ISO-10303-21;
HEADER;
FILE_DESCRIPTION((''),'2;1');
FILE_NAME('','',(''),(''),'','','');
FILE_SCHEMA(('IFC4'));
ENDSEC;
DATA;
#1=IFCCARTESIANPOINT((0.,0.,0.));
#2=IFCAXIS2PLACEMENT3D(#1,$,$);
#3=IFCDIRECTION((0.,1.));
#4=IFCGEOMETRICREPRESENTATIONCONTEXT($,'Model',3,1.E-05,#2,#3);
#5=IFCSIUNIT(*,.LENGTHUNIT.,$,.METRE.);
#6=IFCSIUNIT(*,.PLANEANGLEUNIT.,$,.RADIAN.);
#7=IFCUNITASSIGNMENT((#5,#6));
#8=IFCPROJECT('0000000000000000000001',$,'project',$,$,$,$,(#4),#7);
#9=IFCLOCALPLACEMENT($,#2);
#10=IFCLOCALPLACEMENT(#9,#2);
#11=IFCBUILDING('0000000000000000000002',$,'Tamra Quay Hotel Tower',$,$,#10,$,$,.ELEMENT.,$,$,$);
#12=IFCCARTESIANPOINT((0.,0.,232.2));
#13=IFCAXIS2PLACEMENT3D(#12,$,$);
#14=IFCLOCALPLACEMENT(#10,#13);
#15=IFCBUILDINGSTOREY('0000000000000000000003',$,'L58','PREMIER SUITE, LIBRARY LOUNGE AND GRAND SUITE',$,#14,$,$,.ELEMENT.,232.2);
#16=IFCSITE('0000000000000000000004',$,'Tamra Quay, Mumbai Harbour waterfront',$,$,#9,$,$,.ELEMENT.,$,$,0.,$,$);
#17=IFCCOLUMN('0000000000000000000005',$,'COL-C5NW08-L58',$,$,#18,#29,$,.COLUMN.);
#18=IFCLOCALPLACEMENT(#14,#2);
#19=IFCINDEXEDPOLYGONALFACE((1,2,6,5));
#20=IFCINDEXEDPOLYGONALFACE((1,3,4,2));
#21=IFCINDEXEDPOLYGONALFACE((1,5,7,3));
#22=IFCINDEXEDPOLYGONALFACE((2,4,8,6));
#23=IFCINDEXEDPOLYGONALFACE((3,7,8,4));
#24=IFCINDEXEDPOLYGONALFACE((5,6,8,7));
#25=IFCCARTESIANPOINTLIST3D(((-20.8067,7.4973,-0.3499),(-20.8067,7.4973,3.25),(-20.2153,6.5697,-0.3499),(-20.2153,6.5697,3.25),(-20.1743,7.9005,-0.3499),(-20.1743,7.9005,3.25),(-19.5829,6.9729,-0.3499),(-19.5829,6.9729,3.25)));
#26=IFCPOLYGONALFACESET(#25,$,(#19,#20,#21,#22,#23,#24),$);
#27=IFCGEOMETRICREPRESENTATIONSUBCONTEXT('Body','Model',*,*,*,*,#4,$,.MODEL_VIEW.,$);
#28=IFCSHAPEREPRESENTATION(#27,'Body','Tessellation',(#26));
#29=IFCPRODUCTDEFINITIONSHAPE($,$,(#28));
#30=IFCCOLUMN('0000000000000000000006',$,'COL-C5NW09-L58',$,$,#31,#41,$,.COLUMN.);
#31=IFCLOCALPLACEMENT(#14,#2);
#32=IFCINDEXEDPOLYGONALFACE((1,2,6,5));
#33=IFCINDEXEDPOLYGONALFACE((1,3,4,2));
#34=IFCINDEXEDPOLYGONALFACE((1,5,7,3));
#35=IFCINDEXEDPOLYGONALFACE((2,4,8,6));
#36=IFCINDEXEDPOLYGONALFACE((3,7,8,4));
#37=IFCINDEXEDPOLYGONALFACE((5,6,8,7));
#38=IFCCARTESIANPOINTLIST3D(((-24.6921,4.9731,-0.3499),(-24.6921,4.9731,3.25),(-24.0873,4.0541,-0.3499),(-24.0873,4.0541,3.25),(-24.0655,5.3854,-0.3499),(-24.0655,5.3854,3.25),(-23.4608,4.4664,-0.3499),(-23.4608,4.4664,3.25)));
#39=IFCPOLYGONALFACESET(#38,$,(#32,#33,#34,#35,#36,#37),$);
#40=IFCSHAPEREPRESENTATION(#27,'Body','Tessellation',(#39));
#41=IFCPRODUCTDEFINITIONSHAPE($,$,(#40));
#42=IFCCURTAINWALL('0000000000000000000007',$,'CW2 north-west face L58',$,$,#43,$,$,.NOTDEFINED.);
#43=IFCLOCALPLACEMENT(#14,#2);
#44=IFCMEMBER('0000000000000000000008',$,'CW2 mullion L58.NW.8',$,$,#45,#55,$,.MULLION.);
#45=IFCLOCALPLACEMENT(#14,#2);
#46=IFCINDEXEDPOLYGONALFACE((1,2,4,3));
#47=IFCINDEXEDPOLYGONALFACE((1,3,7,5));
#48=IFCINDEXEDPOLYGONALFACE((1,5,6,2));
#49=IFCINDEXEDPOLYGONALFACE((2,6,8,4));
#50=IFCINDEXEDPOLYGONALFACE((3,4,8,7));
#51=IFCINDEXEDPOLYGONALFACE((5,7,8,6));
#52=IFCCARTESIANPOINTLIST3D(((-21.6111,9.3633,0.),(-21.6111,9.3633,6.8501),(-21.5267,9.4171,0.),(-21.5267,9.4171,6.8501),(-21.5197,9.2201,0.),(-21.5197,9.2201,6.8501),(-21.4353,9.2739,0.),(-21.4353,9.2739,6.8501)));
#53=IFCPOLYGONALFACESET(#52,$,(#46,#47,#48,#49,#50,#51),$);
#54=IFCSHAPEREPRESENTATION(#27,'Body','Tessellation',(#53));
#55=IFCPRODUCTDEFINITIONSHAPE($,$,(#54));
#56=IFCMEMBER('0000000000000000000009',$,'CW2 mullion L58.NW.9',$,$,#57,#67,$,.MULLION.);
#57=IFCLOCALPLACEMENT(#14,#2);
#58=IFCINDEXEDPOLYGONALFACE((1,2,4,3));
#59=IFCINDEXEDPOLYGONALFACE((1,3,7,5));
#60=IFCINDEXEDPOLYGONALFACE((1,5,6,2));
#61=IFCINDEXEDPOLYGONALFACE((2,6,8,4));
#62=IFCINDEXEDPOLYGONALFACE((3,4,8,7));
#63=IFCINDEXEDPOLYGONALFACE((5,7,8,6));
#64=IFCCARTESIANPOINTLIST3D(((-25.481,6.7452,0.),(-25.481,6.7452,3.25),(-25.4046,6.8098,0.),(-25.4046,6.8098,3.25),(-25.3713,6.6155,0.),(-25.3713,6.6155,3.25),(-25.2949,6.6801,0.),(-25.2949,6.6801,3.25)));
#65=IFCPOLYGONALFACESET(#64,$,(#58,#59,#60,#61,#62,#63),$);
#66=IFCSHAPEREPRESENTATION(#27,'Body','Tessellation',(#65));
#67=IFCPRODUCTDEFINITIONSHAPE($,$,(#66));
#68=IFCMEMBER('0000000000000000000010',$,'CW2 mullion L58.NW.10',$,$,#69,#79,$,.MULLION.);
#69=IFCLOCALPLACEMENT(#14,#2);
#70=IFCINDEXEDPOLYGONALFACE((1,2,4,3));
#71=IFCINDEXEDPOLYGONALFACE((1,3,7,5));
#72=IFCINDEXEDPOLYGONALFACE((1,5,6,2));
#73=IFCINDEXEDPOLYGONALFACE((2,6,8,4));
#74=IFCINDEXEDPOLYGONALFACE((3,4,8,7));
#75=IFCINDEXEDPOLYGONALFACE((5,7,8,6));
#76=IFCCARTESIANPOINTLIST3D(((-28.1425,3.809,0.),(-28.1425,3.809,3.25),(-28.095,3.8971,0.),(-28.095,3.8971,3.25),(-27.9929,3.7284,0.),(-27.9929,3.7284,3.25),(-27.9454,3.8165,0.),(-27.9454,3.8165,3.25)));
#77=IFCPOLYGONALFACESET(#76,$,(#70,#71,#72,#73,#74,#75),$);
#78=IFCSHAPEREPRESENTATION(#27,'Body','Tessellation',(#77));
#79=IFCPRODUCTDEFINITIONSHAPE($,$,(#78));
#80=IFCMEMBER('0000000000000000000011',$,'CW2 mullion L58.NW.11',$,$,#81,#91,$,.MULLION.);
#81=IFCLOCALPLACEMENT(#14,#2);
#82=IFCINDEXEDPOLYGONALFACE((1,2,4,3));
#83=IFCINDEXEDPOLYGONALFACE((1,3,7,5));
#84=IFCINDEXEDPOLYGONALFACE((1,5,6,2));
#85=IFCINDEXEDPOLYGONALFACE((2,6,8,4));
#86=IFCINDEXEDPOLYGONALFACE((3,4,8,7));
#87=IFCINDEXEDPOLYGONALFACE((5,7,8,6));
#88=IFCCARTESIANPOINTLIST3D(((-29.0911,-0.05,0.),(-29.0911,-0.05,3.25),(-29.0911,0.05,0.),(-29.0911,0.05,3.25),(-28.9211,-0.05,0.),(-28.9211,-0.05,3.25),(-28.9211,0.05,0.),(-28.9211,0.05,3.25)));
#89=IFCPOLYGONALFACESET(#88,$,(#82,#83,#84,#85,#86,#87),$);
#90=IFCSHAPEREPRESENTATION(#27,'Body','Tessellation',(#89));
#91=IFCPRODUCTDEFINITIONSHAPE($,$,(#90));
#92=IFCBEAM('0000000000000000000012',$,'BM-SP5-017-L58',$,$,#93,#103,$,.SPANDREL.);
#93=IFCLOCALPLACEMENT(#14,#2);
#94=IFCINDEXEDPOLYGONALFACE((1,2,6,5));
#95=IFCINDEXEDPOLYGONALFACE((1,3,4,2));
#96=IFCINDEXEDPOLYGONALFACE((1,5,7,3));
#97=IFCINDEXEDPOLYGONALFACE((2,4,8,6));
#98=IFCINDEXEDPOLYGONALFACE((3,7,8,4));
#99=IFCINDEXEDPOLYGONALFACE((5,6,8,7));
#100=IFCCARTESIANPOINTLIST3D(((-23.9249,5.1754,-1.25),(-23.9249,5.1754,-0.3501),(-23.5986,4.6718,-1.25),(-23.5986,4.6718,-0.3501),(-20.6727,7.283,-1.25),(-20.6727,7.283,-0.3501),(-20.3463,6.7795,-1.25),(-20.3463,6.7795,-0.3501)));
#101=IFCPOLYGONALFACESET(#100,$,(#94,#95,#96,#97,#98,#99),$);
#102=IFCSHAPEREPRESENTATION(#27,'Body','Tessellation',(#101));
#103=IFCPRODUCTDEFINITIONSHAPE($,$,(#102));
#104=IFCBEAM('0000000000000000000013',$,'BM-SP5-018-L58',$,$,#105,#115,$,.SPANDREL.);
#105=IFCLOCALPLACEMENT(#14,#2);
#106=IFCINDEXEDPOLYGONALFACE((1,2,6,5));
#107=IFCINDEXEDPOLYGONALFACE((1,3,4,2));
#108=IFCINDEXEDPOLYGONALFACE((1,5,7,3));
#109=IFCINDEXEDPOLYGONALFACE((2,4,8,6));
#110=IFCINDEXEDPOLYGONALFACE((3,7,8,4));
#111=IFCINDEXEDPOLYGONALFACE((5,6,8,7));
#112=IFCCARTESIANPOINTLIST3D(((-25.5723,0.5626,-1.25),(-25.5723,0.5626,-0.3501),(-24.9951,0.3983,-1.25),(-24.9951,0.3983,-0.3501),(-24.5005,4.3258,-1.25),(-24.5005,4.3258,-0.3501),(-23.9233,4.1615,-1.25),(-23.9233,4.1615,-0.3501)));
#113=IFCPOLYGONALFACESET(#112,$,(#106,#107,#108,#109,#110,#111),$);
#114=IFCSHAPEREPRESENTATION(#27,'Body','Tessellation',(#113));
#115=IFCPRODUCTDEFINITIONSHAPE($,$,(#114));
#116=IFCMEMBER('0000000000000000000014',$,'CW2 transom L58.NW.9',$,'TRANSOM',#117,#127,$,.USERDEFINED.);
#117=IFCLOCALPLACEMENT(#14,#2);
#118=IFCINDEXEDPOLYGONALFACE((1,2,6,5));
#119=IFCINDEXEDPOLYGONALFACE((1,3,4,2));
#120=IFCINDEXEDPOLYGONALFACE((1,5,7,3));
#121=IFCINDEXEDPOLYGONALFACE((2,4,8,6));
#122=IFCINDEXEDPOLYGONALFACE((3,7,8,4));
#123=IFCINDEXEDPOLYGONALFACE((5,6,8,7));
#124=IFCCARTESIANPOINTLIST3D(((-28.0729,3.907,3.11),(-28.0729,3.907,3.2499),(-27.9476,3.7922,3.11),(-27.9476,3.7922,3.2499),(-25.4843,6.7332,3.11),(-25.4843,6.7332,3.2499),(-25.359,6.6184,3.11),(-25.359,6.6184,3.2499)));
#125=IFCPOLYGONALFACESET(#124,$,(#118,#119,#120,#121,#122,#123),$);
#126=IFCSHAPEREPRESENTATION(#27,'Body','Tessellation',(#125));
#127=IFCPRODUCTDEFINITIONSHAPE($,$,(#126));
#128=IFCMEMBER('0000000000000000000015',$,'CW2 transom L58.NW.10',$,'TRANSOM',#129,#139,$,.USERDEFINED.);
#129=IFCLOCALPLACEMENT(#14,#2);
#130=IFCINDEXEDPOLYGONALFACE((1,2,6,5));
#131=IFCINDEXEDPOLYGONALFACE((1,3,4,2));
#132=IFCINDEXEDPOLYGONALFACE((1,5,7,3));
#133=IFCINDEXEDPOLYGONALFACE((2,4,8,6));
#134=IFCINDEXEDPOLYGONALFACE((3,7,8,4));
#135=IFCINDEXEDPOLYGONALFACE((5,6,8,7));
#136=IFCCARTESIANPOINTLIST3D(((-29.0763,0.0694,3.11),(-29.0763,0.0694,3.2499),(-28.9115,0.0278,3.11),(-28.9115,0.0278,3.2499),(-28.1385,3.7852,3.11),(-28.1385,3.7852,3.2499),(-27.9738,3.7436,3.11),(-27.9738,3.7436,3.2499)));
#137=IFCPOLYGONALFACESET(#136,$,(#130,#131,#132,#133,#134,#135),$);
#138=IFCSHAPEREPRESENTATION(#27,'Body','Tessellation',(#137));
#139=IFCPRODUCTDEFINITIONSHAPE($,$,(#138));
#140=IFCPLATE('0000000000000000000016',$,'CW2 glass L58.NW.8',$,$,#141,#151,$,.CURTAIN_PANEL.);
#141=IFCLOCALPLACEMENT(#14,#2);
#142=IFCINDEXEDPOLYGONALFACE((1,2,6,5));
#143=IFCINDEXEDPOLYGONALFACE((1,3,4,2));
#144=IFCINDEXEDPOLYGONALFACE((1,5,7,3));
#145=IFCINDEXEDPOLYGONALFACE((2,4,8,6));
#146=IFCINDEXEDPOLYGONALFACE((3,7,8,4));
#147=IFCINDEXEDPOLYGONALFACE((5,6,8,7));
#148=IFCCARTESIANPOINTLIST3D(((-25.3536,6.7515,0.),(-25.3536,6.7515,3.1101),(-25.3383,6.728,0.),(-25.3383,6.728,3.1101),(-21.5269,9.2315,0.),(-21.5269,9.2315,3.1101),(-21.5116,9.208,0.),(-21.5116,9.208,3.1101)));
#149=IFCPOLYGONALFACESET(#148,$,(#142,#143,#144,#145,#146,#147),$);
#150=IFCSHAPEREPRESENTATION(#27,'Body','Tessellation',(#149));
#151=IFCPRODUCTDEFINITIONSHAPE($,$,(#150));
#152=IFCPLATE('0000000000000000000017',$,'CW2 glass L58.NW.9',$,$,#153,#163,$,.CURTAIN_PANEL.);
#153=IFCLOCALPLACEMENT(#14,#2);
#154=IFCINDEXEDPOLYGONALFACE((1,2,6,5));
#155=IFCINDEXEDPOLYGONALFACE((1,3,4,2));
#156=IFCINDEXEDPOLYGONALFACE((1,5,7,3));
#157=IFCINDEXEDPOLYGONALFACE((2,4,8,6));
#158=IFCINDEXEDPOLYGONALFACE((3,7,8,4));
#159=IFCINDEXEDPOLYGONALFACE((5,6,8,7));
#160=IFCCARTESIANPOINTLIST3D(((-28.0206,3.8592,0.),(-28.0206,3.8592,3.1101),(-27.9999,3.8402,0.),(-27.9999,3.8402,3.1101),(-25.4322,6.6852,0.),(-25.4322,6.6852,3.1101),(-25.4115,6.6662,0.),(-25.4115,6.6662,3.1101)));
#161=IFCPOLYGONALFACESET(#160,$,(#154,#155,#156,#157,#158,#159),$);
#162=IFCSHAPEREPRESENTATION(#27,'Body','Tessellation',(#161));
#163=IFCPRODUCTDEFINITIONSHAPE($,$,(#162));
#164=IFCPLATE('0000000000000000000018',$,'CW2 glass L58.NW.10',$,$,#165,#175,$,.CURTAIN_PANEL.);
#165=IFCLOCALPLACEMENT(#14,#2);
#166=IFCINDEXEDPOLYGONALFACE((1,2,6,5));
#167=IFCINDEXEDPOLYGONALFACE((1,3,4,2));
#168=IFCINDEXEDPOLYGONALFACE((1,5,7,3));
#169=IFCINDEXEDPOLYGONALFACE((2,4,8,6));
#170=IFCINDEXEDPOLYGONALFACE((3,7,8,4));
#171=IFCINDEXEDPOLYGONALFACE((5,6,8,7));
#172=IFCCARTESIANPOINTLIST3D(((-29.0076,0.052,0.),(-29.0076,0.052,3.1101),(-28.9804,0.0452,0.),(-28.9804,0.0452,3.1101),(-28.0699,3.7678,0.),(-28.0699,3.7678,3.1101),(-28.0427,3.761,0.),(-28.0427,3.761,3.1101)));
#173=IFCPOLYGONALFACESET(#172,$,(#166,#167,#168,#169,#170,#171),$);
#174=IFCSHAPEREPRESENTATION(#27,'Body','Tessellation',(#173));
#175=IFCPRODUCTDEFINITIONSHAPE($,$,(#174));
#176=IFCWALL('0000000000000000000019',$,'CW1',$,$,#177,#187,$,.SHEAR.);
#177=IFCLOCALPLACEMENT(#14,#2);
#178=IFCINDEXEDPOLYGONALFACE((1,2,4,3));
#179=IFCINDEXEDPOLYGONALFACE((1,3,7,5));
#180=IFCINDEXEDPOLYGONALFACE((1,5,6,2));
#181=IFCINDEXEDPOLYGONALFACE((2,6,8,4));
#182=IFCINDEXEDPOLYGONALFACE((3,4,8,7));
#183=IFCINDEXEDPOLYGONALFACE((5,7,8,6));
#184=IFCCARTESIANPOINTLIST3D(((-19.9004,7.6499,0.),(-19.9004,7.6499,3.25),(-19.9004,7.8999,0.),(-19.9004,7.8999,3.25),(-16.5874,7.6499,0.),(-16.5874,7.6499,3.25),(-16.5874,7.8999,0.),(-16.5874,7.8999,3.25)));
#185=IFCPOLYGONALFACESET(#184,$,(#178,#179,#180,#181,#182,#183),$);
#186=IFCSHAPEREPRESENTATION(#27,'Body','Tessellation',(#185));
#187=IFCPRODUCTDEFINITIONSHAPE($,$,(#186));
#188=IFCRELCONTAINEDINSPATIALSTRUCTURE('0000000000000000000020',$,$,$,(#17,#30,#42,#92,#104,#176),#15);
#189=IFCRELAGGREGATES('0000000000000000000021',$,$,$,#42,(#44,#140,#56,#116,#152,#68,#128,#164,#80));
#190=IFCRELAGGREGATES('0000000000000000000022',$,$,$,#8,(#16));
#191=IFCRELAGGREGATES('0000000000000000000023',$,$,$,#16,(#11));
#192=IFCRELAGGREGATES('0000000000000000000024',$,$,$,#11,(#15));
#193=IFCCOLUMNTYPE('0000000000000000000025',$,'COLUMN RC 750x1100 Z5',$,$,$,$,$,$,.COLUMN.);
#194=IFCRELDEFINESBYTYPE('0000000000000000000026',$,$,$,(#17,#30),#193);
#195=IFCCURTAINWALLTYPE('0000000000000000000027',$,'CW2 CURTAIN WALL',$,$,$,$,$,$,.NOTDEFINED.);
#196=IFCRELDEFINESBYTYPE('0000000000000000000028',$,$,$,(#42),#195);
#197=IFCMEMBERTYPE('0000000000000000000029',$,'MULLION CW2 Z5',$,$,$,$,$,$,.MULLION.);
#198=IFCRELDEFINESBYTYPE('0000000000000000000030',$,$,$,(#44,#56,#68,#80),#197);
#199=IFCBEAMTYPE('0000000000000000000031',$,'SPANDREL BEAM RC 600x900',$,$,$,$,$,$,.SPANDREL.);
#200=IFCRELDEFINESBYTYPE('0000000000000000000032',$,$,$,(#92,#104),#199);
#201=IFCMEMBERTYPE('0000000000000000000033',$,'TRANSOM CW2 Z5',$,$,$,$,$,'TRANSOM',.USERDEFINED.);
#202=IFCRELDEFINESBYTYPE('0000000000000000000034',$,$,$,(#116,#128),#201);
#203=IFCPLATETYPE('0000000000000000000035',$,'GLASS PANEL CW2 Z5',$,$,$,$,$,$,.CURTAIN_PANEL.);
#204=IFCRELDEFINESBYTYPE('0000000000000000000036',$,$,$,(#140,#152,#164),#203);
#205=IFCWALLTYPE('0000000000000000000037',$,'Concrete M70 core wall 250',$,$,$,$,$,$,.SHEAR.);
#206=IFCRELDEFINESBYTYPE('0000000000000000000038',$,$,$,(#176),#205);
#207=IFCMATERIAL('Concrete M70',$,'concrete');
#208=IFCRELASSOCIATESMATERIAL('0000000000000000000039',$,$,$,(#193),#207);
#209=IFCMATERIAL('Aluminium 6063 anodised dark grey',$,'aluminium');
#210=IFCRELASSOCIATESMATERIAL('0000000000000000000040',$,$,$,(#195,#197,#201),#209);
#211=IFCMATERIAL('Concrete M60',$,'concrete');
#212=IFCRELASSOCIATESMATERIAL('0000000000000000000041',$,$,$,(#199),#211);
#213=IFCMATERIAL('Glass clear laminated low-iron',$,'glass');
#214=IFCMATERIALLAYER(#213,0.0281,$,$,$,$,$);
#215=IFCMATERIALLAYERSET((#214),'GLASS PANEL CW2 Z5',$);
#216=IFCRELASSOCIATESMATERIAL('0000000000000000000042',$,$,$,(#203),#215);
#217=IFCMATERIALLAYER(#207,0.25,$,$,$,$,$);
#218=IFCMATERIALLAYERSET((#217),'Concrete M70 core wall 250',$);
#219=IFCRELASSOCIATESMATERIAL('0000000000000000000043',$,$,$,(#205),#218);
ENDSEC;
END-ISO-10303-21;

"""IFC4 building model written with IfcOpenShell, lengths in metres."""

from ifc_helpers import new_model, si_unit, direction, frame, frame_2d, origin, origin_2d, place, context, subcontext, project, spatial, rectangle, extrude, material, layer, layer_set, material_profile, profile_set, type_object, element, aggregate, save


model = new_model("IFC4")

# Units and contexts
model_context = context("Model", 3, precision=1e-05, world=origin(), true_north=direction((0.0, 1.0)))
body_context = subcontext(model_context, "Body", "Model", "MODEL_VIEW")
ifc_project = project(units=[si_unit("LENGTHUNIT", "METRE"), si_unit("PLANEANGLEUNIT", "RADIAN")], contexts=[model_context])

# Site, building, storey
site_placement = place(None, origin())
site = spatial("IfcSite", under=ifc_project, at=site_placement, Name="Tamra Quay, Mumbai Harbour waterfront", CompositionType="ELEMENT", RefElevation=0.0)
building_placement = place(site_placement, origin())
building = spatial("IfcBuilding", under=site, at=building_placement, Name="Tamra Quay Hotel Tower", CompositionType="ELEMENT")
storey_placement = place(building_placement, frame((0.0, 0.0, 232.2)))
storey = spatial("IfcBuildingStorey", under=building, at=storey_placement, Name="L58", Description="PREMIER SUITE, LIBRARY LOUNGE AND GRAND SUITE", CompositionType="ELEMENT", Elevation=232.2)

# Columns
ifc_material_1 = material(Name="Concrete M70", Category="concrete")
ifc_material_profile_1 = material_profile(ifc_material_1, rectangle(XDim=1.1001, YDim=0.75, at=origin_2d()), Name="COLUMN RC 750x1100 Z5")
ifc_profile_set_1 = profile_set([ifc_material_profile_1], Name="Concrete M70")
column_type = type_object("IfcColumnType", Name="COLUMN RC 750x1100 Z5", PredefinedType="COLUMN", material=ifc_profile_set_1)
for number, where, z_axis, x_axis, name in (
    (1, (-20.1948, 7.2351, -0.3499), (0.0, 0.0, 1.0), (-0.537585, 0.843209, 0.0), "COL-C5NW08-L58"),
    (2, (-24.0764, 4.7197, -0.3499), (0.0, 0.0, 1.0), (-0.549739, 0.835337, 0.0), "COL-C5NW09-L58"),
):
    element("IfcColumn", number, at=place(storey_placement, frame(where, z_axis=z_axis, x_axis=x_axis)), inside=storey, type_object=column_type, Name=name, PredefinedType="COLUMN", context=body_context, shape_type="SweptSolid", body=[
        extrude(rectangle(XDim=1.1001, YDim=0.75, at=origin_2d()), origin(), (0.0, 0.0, 1.0), 3.5999),
    ])

# Curtain wall, members
ifc_material_2 = material(Name="Aluminium 6063 anodised dark grey", Category="aluminium")
curtain_wall_type = type_object("IfcCurtainWallType", Name="CW2 CURTAIN WALL", PredefinedType="NOTDEFINED", material=ifc_material_2)
curtain_wall_placement = place(storey_placement, origin())
curtain_wall = element("IfcCurtainWall", 3, at=curtain_wall_placement, inside=storey, type_object=curtain_wall_type, Name="CW2 north-west face L58", PredefinedType="NOTDEFINED")
ifc_material_profile_2 = material_profile(ifc_material_2, rectangle(XDim=0.1699, YDim=0.1001, at=origin_2d()), Name="MULLION 100X170")
ifc_profile_set_2 = profile_set([ifc_material_profile_2], Name="Aluminium 6063 anodised dark grey")
member_type_1 = type_object("IfcMemberType", Name="MULLION CW2 Z5", PredefinedType="MULLION", material=ifc_profile_set_2)
member_1_placement = place(storey_placement, frame((-21.5232, 9.3186, 0.0), z_axis=(0.0, 0.0, 1.0), x_axis=(-0.537684, 0.843147, 0.0)))
member_1 = element("IfcMember", 4, at=member_1_placement, type_object=member_type_1, Name="CW2 mullion L58.NW.8", PredefinedType="MULLION", context=body_context, shape_type="SweptSolid", body=[
    extrude(rectangle(XDim=0.1699, YDim=0.1001, at=origin_2d()), origin(), (0.0, 0.0, 1.0), 6.8501),
])
member_2_placement = place(storey_placement, frame((-25.3879, 6.7126, 0.0), z_axis=(0.0, 0.0, 1.0), x_axis=(-0.645846, 0.763467, 0.0)))
member_2 = element("IfcMember", 5, at=member_2_placement, type_object=member_type_1, Name="CW2 mullion L58.NW.9", PredefinedType="MULLION", context=body_context, shape_type="SweptSolid", body=[
    extrude(rectangle(XDim=0.1699, YDim=0.1001, at=origin_2d()), origin(), (0.0, 0.0, 1.0), 3.25),
])
member_3_placement = place(storey_placement, frame((-28.0439, 3.8127, 0.0), z_axis=(0.0, 0.0, 1.0), x_axis=(-0.880267, 0.474479, 0.0)))
member_3 = element("IfcMember", 6, at=member_3_placement, type_object=member_type_1, Name="CW2 mullion L58.NW.10", PredefinedType="MULLION", context=body_context, shape_type="SweptSolid", body=[
    extrude(rectangle(XDim=0.1699, YDim=0.1001, at=origin_2d()), origin(), (0.0, 0.0, 1.0), 3.25),
])
member_4_placement = place(storey_placement, frame((-29.0061, 0.0, 0.0), z_axis=(0.0, 0.0, 1.0), x_axis=(-1.0, 0.0, 0.0)))
member_4 = element("IfcMember", 7, at=member_4_placement, type_object=member_type_1, Name="CW2 mullion L58.NW.11", PredefinedType="MULLION", context=body_context, shape_type="SweptSolid", body=[
    extrude(rectangle(XDim=0.1699, YDim=0.1001, at=origin_2d()), origin(), (0.0, 0.0, 1.0), 3.25),
])

# Beams
ifc_material_3 = material(Name="Concrete M60", Category="concrete")
ifc_material_profile_3 = material_profile(ifc_material_3, rectangle(XDim=0.6001, YDim=0.8999, at=origin_2d()), Name="SPANDREL BEAM RC 600x900")
ifc_profile_set_3 = profile_set([ifc_material_profile_3], Name="Concrete M60")
beam_type = type_object("IfcBeamType", Name="SPANDREL BEAM RC 600x900", PredefinedType="SPANDREL", material=ifc_profile_set_3)
beam_1_placement = place(storey_placement, frame((-20.5095, 7.0312, -0.8), z_axis=(-0.839181, -0.543852, 0.0), x_axis=(0.543852, -0.839181, 0.0)))
element("IfcBeam", 8, at=beam_1_placement, inside=storey, type_object=beam_type, Name="BM-SP5-017-L58", PredefinedType="SPANDREL", context=body_context, shape_type="SweptSolid", body=[
    extrude(rectangle(XDim=0.6001, YDim=0.8999, at=origin_2d()), origin(), (0.0, 0.0, 1.0), 3.8755),
])
beam_2_placement = place(storey_placement, frame((-24.2119, 4.2437, -0.8), z_axis=(-0.273913, -0.961754, 0.0), x_axis=(0.961754, -0.273913, 0.0)))
element("IfcBeam", 9, at=beam_2_placement, inside=storey, type_object=beam_type, Name="BM-SP5-018-L58", PredefinedType="SPANDREL", context=body_context, shape_type="SweptSolid", body=[
    extrude(rectangle(XDim=0.6001, YDim=0.8999, at=origin_2d()), origin(), (0.0, 0.0, 1.0), 3.9128),
])

# Members
ifc_material_profile_4 = material_profile(ifc_material_2, rectangle(XDim=0.1699, YDim=0.1399, at=origin_2d()), Name="TRANSOM 170X140")
ifc_profile_set_4 = profile_set([ifc_material_profile_4], Name="Aluminium 6063 anodised dark grey")
member_type_2 = type_object("IfcMemberType", Name="TRANSOM CW2 Z5", ElementType="TRANSOM", PredefinedType="USERDEFINED", material=ifc_profile_set_4)
member_5_placement = place(storey_placement, frame((-25.4216, 6.6758, 3.1799), z_axis=(-0.675436, -0.737419, 0.0), x_axis=(0.737419, -0.675436, 0.0)))
member_5 = element("IfcMember", 10, at=member_5_placement, type_object=member_type_2, Name="CW2 transom L58.NW.9", ObjectType="TRANSOM", PredefinedType="USERDEFINED", context=body_context, shape_type="SweptSolid", body=[
    extrude(rectangle(XDim=0.1699, YDim=0.1399, at=origin_2d()), origin(), (0.0, 0.0, 1.0), 3.8325),
])
member_6_placement = place(storey_placement, frame((-28.0562, 3.7644, 3.1799), z_axis=(-0.244694, -0.9696, 0.0), x_axis=(0.9696, -0.244694, 0.0)))
member_6 = element("IfcMember", 11, at=member_6_placement, type_object=member_type_2, Name="CW2 transom L58.NW.10", ObjectType="TRANSOM", PredefinedType="USERDEFINED", context=body_context, shape_type="SweptSolid", body=[
    extrude(rectangle(XDim=0.1699, YDim=0.1399, at=origin_2d()), origin(), (0.0, 0.0, 1.0), 3.8323),
])

# Plates
ifc_material_4 = material(Name="Glass clear laminated low-iron", Category="glass")
ifc_layer_1 = layer(ifc_material_4, 0.0281)
ifc_layer_set_1 = layer_set([ifc_layer_1], Name="GLASS PANEL CW2 Z5")
plate_type = type_object("IfcPlateType", Name="GLASS PANEL CW2 Z5", PredefinedType="CURTAIN_PANEL", material=ifc_layer_set_1)
plate_1_placement = place(storey_placement, frame((-23.4326, 7.9797, 0.0), z_axis=(0.0, 0.0, 1.0), x_axis=(-0.839179, -0.543855, 0.0)))
plate_1 = element("IfcPlate", 12, at=plate_1_placement, type_object=plate_type, Name="CW2 glass L58.NW.8", PredefinedType="CURTAIN_PANEL", context=body_context, shape_type="SweptSolid", body=[
    extrude(rectangle(XDim=4.5601, YDim=0.0281, at=origin_2d()), origin(), (0.0, 0.0, 1.0), 3.1101),
])
plate_2_placement = place(storey_placement, frame((-26.7161, 5.2627, 0.0), z_axis=(0.0, 0.0, 1.0), x_axis=(-0.675438, -0.737417, 0.0)))
plate_2 = element("IfcPlate", 13, at=plate_2_placement, type_object=plate_type, Name="CW2 glass L58.NW.9", PredefinedType="CURTAIN_PANEL", context=body_context, shape_type="SweptSolid", body=[
    extrude(rectangle(XDim=3.8323, YDim=0.0281, at=origin_2d()), origin(), (0.0, 0.0, 1.0), 3.1101),
])
plate_3_placement = place(storey_placement, frame((-28.5251, 1.9065, 0.0), z_axis=(0.0, 0.0, 1.0), x_axis=(-0.244677, -0.969605, 0.0)))
plate_3 = element("IfcPlate", 14, at=plate_3_placement, type_object=plate_type, Name="CW2 glass L58.NW.10", PredefinedType="CURTAIN_PANEL", context=body_context, shape_type="SweptSolid", body=[
    extrude(rectangle(XDim=3.8323, YDim=0.0281, at=origin_2d()), origin(), (0.0, 0.0, 1.0), 3.1101),
])
aggregate(curtain_wall, [member_1, plate_1, member_2, member_5, plate_2, member_3, member_6, plate_3, member_4])

# Wall
ifc_layer_2 = layer(ifc_material_1, 0.25)
ifc_layer_set_2 = layer_set([ifc_layer_2], Name="Concrete M70 core wall 250")
wall_type_1 = type_object("IfcWallType", Name="Concrete M70 core wall 250", PredefinedType="SHEAR", material=ifc_layer_set_2)
wall_1_placement = place(storey_placement, frame((-19.9004, 7.7749, 0.0), z_axis=(0.0, 0.0, 1.0), x_axis=(1.0, 0.0, 0.0)))
element("IfcWall", 15, at=wall_1_placement, inside=storey, type_object=wall_type_1, Name="CW1", PredefinedType="SHEAR", context=body_context, shape_type="SweptSolid", body=[
    extrude(rectangle(XDim=3.313, YDim=0.25, at=frame_2d((1.6565, 0.0))), origin(), (0.0, 0.0, 1.0), 3.25),
])

save(model, "model.ifc")
